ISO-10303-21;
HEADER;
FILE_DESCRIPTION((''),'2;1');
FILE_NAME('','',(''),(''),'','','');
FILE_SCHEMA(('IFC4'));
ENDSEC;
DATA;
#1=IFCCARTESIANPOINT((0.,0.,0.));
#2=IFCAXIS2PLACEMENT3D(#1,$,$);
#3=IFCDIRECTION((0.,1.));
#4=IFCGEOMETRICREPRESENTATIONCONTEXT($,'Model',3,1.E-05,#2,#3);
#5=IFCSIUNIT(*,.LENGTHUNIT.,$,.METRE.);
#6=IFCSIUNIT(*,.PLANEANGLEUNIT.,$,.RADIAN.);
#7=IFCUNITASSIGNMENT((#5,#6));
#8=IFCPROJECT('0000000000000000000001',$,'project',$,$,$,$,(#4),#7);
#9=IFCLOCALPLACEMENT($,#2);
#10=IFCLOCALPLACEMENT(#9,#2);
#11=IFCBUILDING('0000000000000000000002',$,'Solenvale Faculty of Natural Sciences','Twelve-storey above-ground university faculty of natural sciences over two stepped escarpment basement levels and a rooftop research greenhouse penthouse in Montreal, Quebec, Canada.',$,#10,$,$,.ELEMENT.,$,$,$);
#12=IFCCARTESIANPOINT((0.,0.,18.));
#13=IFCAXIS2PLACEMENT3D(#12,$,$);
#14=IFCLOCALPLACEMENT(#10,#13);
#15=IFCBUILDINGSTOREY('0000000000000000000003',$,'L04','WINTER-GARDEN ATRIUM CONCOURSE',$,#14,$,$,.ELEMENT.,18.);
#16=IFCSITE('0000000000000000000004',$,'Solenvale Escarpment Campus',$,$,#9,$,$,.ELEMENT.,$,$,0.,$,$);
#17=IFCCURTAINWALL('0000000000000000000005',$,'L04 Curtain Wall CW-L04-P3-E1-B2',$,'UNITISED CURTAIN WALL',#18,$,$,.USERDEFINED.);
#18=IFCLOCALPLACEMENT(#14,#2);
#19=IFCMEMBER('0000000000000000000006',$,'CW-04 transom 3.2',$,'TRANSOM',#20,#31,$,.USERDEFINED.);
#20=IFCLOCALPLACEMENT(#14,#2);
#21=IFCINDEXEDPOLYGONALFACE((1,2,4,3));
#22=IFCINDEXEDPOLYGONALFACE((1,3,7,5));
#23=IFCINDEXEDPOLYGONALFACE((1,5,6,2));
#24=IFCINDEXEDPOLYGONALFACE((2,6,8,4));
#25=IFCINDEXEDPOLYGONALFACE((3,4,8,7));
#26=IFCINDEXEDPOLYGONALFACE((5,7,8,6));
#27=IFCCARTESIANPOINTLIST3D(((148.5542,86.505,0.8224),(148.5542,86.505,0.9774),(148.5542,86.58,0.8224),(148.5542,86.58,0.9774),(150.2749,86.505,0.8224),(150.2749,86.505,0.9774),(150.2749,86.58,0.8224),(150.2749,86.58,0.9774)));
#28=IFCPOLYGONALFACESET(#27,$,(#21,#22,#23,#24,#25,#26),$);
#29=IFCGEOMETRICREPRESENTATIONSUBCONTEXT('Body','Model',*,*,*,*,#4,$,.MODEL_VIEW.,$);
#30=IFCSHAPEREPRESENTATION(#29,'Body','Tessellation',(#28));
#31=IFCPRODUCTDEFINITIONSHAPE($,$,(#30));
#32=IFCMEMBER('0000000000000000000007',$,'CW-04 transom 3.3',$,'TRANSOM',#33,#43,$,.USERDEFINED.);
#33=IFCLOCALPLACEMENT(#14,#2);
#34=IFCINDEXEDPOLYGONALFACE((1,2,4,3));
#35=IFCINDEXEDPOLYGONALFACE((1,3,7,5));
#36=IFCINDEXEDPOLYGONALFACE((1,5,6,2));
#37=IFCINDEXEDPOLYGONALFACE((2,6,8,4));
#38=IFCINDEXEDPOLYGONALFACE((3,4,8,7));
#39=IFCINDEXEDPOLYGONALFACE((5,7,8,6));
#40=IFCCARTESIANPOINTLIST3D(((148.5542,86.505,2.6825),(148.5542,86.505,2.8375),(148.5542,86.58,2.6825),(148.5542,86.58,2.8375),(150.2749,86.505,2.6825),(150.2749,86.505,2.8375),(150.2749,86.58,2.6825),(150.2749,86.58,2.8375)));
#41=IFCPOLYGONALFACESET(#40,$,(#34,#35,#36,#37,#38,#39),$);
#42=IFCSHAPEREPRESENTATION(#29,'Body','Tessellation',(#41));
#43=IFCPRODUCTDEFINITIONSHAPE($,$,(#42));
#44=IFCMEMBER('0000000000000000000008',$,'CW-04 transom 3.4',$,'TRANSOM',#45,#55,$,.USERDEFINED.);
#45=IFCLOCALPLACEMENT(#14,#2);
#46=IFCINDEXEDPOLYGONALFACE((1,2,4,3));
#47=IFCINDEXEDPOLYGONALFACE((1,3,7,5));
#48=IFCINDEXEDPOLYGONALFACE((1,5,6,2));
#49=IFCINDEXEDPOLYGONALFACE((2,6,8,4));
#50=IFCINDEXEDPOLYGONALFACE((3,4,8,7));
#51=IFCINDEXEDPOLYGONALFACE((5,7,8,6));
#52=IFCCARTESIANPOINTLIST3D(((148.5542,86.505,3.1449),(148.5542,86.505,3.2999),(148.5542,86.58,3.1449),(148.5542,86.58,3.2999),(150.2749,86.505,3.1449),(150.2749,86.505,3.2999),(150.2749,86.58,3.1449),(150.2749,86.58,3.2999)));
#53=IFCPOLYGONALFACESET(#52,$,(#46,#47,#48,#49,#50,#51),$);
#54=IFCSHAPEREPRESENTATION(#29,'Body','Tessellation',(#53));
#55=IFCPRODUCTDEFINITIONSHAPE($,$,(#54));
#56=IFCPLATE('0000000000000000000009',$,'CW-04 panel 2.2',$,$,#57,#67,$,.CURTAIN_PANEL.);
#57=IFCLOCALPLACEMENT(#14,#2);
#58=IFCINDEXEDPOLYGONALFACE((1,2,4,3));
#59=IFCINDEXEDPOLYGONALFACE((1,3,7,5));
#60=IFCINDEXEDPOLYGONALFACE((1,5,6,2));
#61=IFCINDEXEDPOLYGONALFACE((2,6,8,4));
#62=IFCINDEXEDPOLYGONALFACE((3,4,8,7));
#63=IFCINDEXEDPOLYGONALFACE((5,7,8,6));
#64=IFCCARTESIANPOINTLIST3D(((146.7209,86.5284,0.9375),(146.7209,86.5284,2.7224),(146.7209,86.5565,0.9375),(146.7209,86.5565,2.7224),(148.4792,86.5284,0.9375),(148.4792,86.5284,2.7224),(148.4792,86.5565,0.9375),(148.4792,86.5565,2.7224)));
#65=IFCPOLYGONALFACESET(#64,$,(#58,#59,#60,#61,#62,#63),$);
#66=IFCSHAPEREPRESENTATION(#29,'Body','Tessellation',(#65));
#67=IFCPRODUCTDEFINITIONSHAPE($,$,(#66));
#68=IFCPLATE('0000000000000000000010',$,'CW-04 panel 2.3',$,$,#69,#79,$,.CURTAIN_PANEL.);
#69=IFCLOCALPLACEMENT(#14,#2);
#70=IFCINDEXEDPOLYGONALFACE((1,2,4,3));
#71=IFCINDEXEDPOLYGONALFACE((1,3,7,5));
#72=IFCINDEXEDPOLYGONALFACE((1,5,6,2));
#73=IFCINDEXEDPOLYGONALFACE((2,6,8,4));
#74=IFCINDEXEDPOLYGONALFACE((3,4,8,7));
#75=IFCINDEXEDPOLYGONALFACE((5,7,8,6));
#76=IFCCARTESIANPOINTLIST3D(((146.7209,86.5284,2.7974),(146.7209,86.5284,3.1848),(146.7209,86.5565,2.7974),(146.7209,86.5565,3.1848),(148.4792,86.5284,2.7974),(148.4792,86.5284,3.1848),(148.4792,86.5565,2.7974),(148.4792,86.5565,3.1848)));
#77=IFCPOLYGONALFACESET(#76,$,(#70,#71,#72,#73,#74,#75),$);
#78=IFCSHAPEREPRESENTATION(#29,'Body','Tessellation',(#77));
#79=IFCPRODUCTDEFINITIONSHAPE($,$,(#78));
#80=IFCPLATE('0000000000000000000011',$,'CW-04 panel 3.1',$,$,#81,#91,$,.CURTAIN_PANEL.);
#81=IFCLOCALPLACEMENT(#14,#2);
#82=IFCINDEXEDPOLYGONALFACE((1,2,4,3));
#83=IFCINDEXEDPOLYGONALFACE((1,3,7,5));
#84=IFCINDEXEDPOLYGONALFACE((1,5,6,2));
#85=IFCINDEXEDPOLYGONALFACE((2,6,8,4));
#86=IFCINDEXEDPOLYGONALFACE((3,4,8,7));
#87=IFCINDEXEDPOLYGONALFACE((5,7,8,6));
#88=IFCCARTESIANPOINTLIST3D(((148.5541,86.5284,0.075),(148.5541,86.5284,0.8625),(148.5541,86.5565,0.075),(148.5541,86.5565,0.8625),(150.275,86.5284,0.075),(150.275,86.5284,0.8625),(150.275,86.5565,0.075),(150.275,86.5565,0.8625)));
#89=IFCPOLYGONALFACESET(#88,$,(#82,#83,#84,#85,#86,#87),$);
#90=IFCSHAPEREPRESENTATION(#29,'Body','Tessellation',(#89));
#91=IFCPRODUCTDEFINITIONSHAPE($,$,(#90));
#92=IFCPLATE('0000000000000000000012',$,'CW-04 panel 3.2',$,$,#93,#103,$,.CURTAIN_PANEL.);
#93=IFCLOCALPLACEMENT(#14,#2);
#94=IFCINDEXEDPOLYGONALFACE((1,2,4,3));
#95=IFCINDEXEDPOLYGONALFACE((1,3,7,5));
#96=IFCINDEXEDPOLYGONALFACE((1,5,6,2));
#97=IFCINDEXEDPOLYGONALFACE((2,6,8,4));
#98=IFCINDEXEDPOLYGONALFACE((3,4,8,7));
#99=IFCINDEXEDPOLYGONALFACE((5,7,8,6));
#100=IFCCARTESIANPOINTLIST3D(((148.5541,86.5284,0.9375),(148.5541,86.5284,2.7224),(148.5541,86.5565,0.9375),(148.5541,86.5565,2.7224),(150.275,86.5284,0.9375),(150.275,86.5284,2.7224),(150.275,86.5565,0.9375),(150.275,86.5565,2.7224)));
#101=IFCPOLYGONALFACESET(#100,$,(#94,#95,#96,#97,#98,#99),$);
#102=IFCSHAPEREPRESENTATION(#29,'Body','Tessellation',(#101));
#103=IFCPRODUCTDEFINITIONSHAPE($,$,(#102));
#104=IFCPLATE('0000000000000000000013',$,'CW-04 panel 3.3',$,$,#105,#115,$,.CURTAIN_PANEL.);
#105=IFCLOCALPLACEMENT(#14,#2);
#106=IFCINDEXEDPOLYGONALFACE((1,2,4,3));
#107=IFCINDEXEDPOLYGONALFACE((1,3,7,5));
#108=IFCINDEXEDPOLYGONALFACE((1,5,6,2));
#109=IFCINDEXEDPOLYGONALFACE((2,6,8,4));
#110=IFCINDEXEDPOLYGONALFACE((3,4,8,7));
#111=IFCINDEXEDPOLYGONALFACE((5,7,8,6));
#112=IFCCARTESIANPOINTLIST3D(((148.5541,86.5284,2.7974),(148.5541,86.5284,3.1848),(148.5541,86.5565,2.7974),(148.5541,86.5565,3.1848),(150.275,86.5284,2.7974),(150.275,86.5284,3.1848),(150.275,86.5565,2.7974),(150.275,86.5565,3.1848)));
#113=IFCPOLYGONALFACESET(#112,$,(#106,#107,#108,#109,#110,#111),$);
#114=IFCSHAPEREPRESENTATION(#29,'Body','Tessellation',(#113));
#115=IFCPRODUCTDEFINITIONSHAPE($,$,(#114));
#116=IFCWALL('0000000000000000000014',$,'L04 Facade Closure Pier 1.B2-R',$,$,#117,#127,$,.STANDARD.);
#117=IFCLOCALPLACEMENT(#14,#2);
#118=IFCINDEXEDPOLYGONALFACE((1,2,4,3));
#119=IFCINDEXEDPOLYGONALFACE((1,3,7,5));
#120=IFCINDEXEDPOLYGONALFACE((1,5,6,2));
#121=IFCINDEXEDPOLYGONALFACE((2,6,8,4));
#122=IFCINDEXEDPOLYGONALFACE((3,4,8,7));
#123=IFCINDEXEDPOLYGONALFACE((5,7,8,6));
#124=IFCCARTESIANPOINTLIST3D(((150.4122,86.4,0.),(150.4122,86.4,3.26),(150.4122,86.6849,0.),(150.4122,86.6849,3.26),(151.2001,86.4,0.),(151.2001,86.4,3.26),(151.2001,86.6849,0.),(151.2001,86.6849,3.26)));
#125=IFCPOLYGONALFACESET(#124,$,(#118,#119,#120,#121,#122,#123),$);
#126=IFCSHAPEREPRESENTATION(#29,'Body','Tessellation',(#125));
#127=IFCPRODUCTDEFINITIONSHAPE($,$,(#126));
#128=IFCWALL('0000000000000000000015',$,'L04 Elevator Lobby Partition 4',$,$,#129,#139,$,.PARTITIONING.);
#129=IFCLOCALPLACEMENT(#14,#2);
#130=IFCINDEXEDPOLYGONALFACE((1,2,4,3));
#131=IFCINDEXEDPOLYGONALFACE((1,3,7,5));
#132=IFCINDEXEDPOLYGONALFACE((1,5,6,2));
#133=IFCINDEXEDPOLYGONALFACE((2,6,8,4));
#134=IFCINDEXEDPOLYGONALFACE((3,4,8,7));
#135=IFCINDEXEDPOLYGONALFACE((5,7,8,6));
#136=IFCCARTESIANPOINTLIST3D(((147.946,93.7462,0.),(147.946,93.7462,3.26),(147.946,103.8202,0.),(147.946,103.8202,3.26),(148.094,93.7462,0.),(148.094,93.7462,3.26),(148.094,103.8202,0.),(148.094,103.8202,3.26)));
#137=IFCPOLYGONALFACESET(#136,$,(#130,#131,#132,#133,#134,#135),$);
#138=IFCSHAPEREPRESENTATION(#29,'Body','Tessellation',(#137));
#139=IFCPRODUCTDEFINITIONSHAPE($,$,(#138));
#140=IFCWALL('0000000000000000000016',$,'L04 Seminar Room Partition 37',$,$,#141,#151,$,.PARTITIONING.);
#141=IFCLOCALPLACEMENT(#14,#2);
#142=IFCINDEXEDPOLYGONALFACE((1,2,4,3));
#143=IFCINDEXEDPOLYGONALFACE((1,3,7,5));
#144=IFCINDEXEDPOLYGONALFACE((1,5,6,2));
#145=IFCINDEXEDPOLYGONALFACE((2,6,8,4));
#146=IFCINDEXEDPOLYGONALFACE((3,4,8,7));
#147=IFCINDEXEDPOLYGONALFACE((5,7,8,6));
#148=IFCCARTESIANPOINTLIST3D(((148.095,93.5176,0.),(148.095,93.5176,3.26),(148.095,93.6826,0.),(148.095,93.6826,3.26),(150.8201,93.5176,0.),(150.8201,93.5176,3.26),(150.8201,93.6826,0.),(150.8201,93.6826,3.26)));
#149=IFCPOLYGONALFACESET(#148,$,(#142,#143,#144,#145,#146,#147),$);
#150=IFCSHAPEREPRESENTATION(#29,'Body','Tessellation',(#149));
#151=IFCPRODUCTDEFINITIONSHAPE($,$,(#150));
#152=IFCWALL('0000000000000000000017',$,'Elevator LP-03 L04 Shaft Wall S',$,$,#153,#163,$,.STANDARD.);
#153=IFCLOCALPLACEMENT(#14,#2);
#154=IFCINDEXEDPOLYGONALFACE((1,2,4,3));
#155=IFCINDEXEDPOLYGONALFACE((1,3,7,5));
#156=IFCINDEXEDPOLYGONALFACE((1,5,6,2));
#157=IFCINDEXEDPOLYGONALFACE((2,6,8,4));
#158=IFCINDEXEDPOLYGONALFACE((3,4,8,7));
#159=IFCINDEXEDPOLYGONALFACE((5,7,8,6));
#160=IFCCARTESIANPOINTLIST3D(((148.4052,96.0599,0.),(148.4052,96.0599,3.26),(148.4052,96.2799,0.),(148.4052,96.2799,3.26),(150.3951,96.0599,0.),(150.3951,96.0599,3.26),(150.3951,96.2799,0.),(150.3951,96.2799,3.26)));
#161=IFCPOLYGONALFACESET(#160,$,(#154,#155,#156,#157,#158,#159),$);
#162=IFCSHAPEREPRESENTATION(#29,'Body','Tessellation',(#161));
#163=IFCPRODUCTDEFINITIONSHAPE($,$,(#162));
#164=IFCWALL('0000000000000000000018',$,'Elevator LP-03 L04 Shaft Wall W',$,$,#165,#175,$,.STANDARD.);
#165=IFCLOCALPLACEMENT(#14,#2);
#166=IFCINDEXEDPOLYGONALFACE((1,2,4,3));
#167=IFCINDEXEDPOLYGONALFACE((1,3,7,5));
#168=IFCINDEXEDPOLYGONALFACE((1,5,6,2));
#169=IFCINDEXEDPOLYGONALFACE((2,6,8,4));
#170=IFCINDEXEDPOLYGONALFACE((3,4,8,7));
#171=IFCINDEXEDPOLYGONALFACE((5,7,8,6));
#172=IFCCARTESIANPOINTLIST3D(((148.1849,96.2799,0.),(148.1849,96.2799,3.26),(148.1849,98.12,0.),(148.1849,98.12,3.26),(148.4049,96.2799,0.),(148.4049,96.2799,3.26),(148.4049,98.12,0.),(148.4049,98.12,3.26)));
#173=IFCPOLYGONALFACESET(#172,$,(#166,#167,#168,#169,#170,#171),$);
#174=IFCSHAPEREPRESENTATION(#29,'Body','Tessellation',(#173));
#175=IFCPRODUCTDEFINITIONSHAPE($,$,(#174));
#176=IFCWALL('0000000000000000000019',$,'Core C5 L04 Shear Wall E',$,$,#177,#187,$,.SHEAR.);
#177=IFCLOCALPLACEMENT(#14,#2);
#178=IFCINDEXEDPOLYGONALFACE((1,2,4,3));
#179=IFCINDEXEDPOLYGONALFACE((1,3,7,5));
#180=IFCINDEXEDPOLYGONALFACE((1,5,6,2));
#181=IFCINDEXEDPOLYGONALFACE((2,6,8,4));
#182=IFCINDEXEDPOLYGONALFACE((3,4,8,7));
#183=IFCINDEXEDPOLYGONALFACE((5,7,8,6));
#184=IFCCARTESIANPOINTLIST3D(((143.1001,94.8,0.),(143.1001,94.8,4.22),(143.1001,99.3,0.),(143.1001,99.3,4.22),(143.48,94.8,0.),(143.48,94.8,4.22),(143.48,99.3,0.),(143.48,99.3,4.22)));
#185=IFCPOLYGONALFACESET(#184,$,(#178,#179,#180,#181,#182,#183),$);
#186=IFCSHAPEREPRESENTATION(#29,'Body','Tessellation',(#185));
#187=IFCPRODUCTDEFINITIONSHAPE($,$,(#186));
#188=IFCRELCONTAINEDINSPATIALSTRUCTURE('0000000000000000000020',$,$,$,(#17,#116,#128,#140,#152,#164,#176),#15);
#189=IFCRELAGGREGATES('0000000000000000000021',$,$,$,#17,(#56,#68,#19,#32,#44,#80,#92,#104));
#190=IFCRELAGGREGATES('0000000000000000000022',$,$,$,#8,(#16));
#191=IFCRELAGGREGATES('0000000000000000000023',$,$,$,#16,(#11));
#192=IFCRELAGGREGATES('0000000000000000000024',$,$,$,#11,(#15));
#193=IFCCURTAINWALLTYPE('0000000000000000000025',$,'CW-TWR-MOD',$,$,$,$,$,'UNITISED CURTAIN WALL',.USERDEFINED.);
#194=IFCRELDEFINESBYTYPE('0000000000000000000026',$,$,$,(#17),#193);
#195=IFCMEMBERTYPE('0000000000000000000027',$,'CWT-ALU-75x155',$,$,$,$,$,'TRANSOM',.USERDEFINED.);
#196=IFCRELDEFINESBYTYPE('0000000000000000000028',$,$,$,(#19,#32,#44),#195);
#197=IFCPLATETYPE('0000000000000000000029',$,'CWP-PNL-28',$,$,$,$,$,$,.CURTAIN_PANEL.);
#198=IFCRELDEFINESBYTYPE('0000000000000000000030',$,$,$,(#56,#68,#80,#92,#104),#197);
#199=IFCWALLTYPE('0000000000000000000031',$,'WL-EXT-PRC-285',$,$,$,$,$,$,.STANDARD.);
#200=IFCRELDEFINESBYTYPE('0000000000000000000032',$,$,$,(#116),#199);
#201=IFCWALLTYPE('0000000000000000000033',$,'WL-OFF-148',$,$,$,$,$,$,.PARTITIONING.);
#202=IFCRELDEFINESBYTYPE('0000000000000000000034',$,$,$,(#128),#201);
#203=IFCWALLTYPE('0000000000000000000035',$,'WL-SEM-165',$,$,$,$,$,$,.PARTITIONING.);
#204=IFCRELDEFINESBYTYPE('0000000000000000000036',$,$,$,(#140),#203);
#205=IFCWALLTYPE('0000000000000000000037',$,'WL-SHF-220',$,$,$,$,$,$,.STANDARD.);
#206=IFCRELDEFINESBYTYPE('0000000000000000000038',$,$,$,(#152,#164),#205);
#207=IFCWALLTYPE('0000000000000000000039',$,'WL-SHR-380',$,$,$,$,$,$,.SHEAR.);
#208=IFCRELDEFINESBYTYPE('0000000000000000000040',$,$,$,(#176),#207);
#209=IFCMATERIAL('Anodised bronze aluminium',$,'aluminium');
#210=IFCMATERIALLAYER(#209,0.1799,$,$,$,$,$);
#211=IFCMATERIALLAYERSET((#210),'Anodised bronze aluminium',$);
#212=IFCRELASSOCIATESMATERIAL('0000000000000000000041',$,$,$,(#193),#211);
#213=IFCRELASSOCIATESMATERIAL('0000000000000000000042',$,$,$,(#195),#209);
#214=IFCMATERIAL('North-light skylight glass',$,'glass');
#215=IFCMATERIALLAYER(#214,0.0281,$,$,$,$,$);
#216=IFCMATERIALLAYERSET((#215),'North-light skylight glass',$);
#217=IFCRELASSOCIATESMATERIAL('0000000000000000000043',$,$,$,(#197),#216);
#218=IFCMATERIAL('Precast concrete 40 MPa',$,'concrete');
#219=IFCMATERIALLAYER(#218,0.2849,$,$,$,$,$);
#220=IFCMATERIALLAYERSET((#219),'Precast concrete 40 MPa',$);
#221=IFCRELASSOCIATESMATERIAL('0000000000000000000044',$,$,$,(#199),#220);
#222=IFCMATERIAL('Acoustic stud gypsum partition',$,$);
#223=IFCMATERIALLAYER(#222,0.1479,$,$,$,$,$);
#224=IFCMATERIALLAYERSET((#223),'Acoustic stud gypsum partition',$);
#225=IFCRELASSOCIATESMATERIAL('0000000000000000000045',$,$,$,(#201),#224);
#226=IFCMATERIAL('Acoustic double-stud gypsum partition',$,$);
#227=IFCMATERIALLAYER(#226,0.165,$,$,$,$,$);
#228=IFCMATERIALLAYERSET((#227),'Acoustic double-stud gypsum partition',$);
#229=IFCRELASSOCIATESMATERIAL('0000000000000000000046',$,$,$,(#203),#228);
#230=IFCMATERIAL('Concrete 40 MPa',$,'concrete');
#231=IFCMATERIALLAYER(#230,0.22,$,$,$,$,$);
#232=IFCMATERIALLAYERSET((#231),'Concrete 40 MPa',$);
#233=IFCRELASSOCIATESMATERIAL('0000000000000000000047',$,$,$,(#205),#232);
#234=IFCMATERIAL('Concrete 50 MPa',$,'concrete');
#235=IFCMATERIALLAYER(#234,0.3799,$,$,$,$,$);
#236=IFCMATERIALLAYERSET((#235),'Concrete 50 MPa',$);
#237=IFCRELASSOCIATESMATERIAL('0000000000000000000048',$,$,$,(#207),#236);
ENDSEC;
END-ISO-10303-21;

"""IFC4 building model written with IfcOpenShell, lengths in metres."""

from ifc_helpers import new_model, si_unit, direction, frame, frame_2d, origin, origin_2d, place, context, subcontext, project, spatial, rectangle, extrude, material, layer, layer_set, material_profile, profile_set, type_object, element, aggregate, save


model = new_model("IFC4")

# Units and contexts
model_context = context("Model", 3, precision=1e-05, world=origin(), true_north=direction((0.0, 1.0)))
body_context = subcontext(model_context, "Body", "Model", "MODEL_VIEW")
ifc_project = project(units=[si_unit("LENGTHUNIT", "METRE"), si_unit("PLANEANGLEUNIT", "RADIAN")], contexts=[model_context])

# Site, building, storey
site_placement = place(None, origin())
site = spatial("IfcSite", under=ifc_project, at=site_placement, Name="Solenvale Escarpment Campus", CompositionType="ELEMENT", RefElevation=0.0)
building_placement = place(site_placement, origin())
building = spatial("IfcBuilding", under=site, at=building_placement, Name="Solenvale Faculty of Natural Sciences", Description="Twelve-storey above-ground university faculty of natural sciences over two stepped escarpment basement levels and a rooftop research greenhouse penthouse in Montreal, Quebec, Canada.", CompositionType="ELEMENT")
storey_placement = place(building_placement, frame((0.0, 0.0, 18.0)))
storey = spatial("IfcBuildingStorey", under=building, at=storey_placement, Name="L04", Description="WINTER-GARDEN ATRIUM CONCOURSE", CompositionType="ELEMENT", Elevation=18.0)

# Shared definitions
ifc_material_1 = material(Name="Concrete 40 MPa", Category="concrete")

# Curtain wall, members, plates
ifc_material_2 = material(Name="Anodised bronze aluminium", Category="aluminium")
ifc_layer_1 = layer(ifc_material_2, 0.1799)
ifc_layer_set_1 = layer_set([ifc_layer_1], Name="Anodised bronze aluminium")
curtain_wall_type = type_object("IfcCurtainWallType", Name="CW-TWR-MOD", ElementType="UNITISED CURTAIN WALL", PredefinedType="USERDEFINED", material=ifc_layer_set_1)
curtain_wall_placement = place(storey_placement, origin())
curtain_wall = element("IfcCurtainWall", 1, at=curtain_wall_placement, inside=storey, type_object=curtain_wall_type, Name="L04 Curtain Wall CW-L04-P3-E1-B2", ObjectType="UNITISED CURTAIN WALL", PredefinedType="USERDEFINED")
ifc_material_profile_1 = material_profile(ifc_material_2, rectangle(XDim=0.075, YDim=0.155, at=origin_2d()), Name="ALU-TRN-75x155")
ifc_profile_set_1 = profile_set([ifc_material_profile_1], Name="Anodised bronze aluminium")
member_type_1 = type_object("IfcMemberType", Name="CWT-ALU-75x155", ElementType="TRANSOM", PredefinedType="USERDEFINED", material=ifc_profile_set_1)
member_1_placement = place(storey_placement, frame((148.5542, 86.5425, 0.8999), z_axis=(1.0, 0.0, 0.0), x_axis=(0.0, 1.0, 0.0)))
member_1 = element("IfcMember", 2, at=member_1_placement, type_object=member_type_1, Name="CW-04 transom 3.2", ObjectType="TRANSOM", PredefinedType="USERDEFINED", context=body_context, shape_type="SweptSolid", body=[
    extrude(rectangle(XDim=0.075, YDim=0.155, at=origin_2d()), origin(), (0.0, 0.0, 1.0), 1.7207),
])
member_2_placement = place(storey_placement, frame((148.5542, 86.5425, 2.76), z_axis=(1.0, 0.0, 0.0), x_axis=(0.0, 1.0, 0.0)))
member_2 = element("IfcMember", 3, at=member_2_placement, type_object=member_type_1, Name="CW-04 transom 3.3", ObjectType="TRANSOM", PredefinedType="USERDEFINED", context=body_context, shape_type="SweptSolid", body=[
    extrude(rectangle(XDim=0.075, YDim=0.155, at=origin_2d()), origin(), (0.0, 0.0, 1.0), 1.7207),
])
member_3_placement = place(storey_placement, frame((148.5542, 86.5425, 3.2224), z_axis=(1.0, 0.0, 0.0), x_axis=(0.0, 1.0, 0.0)))
member_3 = element("IfcMember", 4, at=member_3_placement, type_object=member_type_1, Name="CW-04 transom 3.4", ObjectType="TRANSOM", PredefinedType="USERDEFINED", context=body_context, shape_type="SweptSolid", body=[
    extrude(rectangle(XDim=0.075, YDim=0.155, at=origin_2d()), origin(), (0.0, 0.0, 1.0), 1.7207),
])
ifc_material_3 = material(Name="North-light skylight glass", Category="glass")
ifc_layer_2 = layer(ifc_material_3, 0.0281)
ifc_layer_set_2 = layer_set([ifc_layer_2], Name="North-light skylight glass")
plate_type = type_object("IfcPlateType", Name="CWP-PNL-28", PredefinedType="CURTAIN_PANEL", material=ifc_layer_set_2)
plate_1_placement = place(storey_placement, frame((147.6001, 86.5425, 0.9375), z_axis=(0.0, 0.0, 1.0), x_axis=(1.0, 0.0, 0.0)))
plate_1 = element("IfcPlate", 5, at=plate_1_placement, type_object=plate_type, Name="CW-04 panel 2.2", PredefinedType="CURTAIN_PANEL", context=body_context, shape_type="SweptSolid", body=[
    extrude(rectangle(XDim=1.7583, YDim=0.0281, at=origin_2d()), origin(), (0.0, 0.0, 1.0), 1.7849),
])
plate_2_placement = place(storey_placement, frame((147.6001, 86.5425, 2.7974), z_axis=(0.0, 0.0, 1.0), x_axis=(1.0, 0.0, 0.0)))
plate_2 = element("IfcPlate", 6, at=plate_2_placement, type_object=plate_type, Name="CW-04 panel 2.3", PredefinedType="CURTAIN_PANEL", context=body_context, shape_type="SweptSolid", body=[
    extrude(rectangle(XDim=1.7583, YDim=0.0281, at=origin_2d()), origin(), (0.0, 0.0, 1.0), 0.3875),
])
plate_3_placement = place(storey_placement, frame((149.4146, 86.5425, 0.075), z_axis=(0.0, 0.0, 1.0), x_axis=(1.0, 0.0, 0.0)))
plate_3 = element("IfcPlate", 7, at=plate_3_placement, type_object=plate_type, Name="CW-04 panel 3.1", PredefinedType="CURTAIN_PANEL", context=body_context, shape_type="SweptSolid", body=[
    extrude(rectangle(XDim=1.7209, YDim=0.0281, at=origin_2d()), origin(), (0.0, 0.0, 1.0), 0.7876),
])
plate_4_placement = place(storey_placement, frame((149.4146, 86.5425, 0.9375), z_axis=(0.0, 0.0, 1.0), x_axis=(1.0, 0.0, 0.0)))
plate_4 = element("IfcPlate", 8, at=plate_4_placement, type_object=plate_type, Name="CW-04 panel 3.2", PredefinedType="CURTAIN_PANEL", context=body_context, shape_type="SweptSolid", body=[
    extrude(rectangle(XDim=1.7209, YDim=0.0281, at=origin_2d()), origin(), (0.0, 0.0, 1.0), 1.7849),
])
plate_5_placement = place(storey_placement, frame((149.4146, 86.5425, 2.7974), z_axis=(0.0, 0.0, 1.0), x_axis=(1.0, 0.0, 0.0)))
plate_5 = element("IfcPlate", 9, at=plate_5_placement, type_object=plate_type, Name="CW-04 panel 3.3", PredefinedType="CURTAIN_PANEL", context=body_context, shape_type="SweptSolid", body=[
    extrude(rectangle(XDim=1.7209, YDim=0.0281, at=origin_2d()), origin(), (0.0, 0.0, 1.0), 0.3875),
])
aggregate(curtain_wall, [plate_1, plate_2, member_1, member_2, member_3, plate_3, plate_4, plate_5])

# Walls
ifc_material_4 = material(Name="Precast concrete 40 MPa", Category="concrete")
ifc_layer_3 = layer(ifc_material_4, 0.2849)
ifc_layer_set_3 = layer_set([ifc_layer_3], Name="Precast concrete 40 MPa")
wall_type_1 = type_object("IfcWallType", Name="WL-EXT-PRC-285", PredefinedType="STANDARD", material=ifc_layer_set_3)
wall_1_placement = place(storey_placement, frame((150.4121, 86.5425, 0.0), z_axis=(0.0, 0.0, 1.0), x_axis=(1.0, 0.0, 0.0)))
element("IfcWall", 10, at=wall_1_placement, inside=storey, type_object=wall_type_1, Name="L04 Facade Closure Pier 1.B2-R", PredefinedType="STANDARD", context=body_context, shape_type="SweptSolid", body=[
    extrude(rectangle(XDim=0.7878, YDim=0.2849, at=frame_2d((0.394, 0.0))), origin(), (0.0, 0.0, 1.0), 3.26),
])
ifc_material_5 = material(Name="Acoustic stud gypsum partition")
ifc_layer_4 = layer(ifc_material_5, 0.1479)
ifc_layer_set_4 = layer_set([ifc_layer_4], Name="Acoustic stud gypsum partition")
wall_type_2 = type_object("IfcWallType", Name="WL-OFF-148", PredefinedType="PARTITIONING", material=ifc_layer_set_4)
wall_2_placement = place(storey_placement, frame((148.02, 93.7461, 0.0), z_axis=(0.0, 0.0, 1.0), x_axis=(0.0, 1.0, 0.0)))
element("IfcWall", 11, at=wall_2_placement, inside=storey, type_object=wall_type_2, Name="L04 Elevator Lobby Partition 4", PredefinedType="PARTITIONING", context=body_context, shape_type="SweptSolid", body=[
    extrude(rectangle(XDim=10.074, YDim=0.1479, at=frame_2d((5.0371, 0.0))), origin(), (0.0, 0.0, 1.0), 3.26),
])

# Shared definitions
ifc_material_6 = material(Name="Acoustic double-stud gypsum partition")
ifc_layer_5 = layer(ifc_material_6, 0.165)
ifc_layer_set_5 = layer_set([ifc_layer_5], Name="Acoustic double-stud gypsum partition")
wall_type_3 = type_object("IfcWallType", Name="WL-SEM-165", PredefinedType="PARTITIONING", material=ifc_layer_set_5)

# Walls
wall_3_placement = place(storey_placement, frame((148.095, 93.6001, 0.0), z_axis=(0.0, 0.0, 1.0), x_axis=(1.0, 0.0, 0.0)))
element("IfcWall", 12, at=wall_3_placement, inside=storey, type_object=wall_type_3, Name="L04 Seminar Room Partition 37", PredefinedType="PARTITIONING", context=body_context, shape_type="SweptSolid", body=[
    extrude(rectangle(XDim=2.7251, YDim=0.165, at=frame_2d((1.3625, 0.0))), origin(), (0.0, 0.0, 1.0), 3.26),
])
ifc_layer_6 = layer(ifc_material_1, 0.22)
ifc_layer_set_6 = layer_set([ifc_layer_6], Name="Concrete 40 MPa")
wall_type_4 = type_object("IfcWallType", Name="WL-SHF-220", PredefinedType="STANDARD", material=ifc_layer_set_6)
wall_4_placement = place(storey_placement, frame((148.405, 96.1699, 0.0), z_axis=(0.0, 0.0, 1.0), x_axis=(1.0, 0.0, 0.0)))
element("IfcWall", 13, at=wall_4_placement, inside=storey, type_object=wall_type_4, Name="Elevator LP-03 L04 Shaft Wall S", PredefinedType="STANDARD", context=body_context, shape_type="SweptSolid", body=[
    extrude(rectangle(XDim=1.99, YDim=0.22, at=frame_2d((0.9951, 0.0))), origin(), (0.0, 0.0, 1.0), 3.26),
])
wall_5_placement = place(storey_placement, frame((148.2949, 96.28, 0.0), z_axis=(0.0, 0.0, 1.0), x_axis=(0.0, 1.0, 0.0)))
element("IfcWall", 14, at=wall_5_placement, inside=storey, type_object=wall_type_4, Name="Elevator LP-03 L04 Shaft Wall W", PredefinedType="STANDARD", context=body_context, shape_type="SweptSolid", body=[
    extrude(rectangle(XDim=1.8401, YDim=0.22, at=frame_2d((0.9199, 0.0))), origin(), (0.0, 0.0, 1.0), 3.26),
])
ifc_material_7 = material(Name="Concrete 50 MPa", Category="concrete")
ifc_layer_7 = layer(ifc_material_7, 0.3799)
ifc_layer_set_7 = layer_set([ifc_layer_7], Name="Concrete 50 MPa")
wall_type_5 = type_object("IfcWallType", Name="WL-SHR-380", PredefinedType="SHEAR", material=ifc_layer_set_7)
wall_6_placement = place(storey_placement, frame((143.29, 94.8, 0.0), z_axis=(0.0, 0.0, 1.0), x_axis=(0.0, 1.0, 0.0)))
element("IfcWall", 15, at=wall_6_placement, inside=storey, type_object=wall_type_5, Name="Core C5 L04 Shear Wall E", PredefinedType="SHEAR", context=body_context, shape_type="SweptSolid", body=[
    extrude(rectangle(XDim=4.5, YDim=0.3799, at=frame_2d((2.25, 0.0))), origin(), (0.0, 0.0, 1.0), 4.22),
])

save(model, "model.ifc")
